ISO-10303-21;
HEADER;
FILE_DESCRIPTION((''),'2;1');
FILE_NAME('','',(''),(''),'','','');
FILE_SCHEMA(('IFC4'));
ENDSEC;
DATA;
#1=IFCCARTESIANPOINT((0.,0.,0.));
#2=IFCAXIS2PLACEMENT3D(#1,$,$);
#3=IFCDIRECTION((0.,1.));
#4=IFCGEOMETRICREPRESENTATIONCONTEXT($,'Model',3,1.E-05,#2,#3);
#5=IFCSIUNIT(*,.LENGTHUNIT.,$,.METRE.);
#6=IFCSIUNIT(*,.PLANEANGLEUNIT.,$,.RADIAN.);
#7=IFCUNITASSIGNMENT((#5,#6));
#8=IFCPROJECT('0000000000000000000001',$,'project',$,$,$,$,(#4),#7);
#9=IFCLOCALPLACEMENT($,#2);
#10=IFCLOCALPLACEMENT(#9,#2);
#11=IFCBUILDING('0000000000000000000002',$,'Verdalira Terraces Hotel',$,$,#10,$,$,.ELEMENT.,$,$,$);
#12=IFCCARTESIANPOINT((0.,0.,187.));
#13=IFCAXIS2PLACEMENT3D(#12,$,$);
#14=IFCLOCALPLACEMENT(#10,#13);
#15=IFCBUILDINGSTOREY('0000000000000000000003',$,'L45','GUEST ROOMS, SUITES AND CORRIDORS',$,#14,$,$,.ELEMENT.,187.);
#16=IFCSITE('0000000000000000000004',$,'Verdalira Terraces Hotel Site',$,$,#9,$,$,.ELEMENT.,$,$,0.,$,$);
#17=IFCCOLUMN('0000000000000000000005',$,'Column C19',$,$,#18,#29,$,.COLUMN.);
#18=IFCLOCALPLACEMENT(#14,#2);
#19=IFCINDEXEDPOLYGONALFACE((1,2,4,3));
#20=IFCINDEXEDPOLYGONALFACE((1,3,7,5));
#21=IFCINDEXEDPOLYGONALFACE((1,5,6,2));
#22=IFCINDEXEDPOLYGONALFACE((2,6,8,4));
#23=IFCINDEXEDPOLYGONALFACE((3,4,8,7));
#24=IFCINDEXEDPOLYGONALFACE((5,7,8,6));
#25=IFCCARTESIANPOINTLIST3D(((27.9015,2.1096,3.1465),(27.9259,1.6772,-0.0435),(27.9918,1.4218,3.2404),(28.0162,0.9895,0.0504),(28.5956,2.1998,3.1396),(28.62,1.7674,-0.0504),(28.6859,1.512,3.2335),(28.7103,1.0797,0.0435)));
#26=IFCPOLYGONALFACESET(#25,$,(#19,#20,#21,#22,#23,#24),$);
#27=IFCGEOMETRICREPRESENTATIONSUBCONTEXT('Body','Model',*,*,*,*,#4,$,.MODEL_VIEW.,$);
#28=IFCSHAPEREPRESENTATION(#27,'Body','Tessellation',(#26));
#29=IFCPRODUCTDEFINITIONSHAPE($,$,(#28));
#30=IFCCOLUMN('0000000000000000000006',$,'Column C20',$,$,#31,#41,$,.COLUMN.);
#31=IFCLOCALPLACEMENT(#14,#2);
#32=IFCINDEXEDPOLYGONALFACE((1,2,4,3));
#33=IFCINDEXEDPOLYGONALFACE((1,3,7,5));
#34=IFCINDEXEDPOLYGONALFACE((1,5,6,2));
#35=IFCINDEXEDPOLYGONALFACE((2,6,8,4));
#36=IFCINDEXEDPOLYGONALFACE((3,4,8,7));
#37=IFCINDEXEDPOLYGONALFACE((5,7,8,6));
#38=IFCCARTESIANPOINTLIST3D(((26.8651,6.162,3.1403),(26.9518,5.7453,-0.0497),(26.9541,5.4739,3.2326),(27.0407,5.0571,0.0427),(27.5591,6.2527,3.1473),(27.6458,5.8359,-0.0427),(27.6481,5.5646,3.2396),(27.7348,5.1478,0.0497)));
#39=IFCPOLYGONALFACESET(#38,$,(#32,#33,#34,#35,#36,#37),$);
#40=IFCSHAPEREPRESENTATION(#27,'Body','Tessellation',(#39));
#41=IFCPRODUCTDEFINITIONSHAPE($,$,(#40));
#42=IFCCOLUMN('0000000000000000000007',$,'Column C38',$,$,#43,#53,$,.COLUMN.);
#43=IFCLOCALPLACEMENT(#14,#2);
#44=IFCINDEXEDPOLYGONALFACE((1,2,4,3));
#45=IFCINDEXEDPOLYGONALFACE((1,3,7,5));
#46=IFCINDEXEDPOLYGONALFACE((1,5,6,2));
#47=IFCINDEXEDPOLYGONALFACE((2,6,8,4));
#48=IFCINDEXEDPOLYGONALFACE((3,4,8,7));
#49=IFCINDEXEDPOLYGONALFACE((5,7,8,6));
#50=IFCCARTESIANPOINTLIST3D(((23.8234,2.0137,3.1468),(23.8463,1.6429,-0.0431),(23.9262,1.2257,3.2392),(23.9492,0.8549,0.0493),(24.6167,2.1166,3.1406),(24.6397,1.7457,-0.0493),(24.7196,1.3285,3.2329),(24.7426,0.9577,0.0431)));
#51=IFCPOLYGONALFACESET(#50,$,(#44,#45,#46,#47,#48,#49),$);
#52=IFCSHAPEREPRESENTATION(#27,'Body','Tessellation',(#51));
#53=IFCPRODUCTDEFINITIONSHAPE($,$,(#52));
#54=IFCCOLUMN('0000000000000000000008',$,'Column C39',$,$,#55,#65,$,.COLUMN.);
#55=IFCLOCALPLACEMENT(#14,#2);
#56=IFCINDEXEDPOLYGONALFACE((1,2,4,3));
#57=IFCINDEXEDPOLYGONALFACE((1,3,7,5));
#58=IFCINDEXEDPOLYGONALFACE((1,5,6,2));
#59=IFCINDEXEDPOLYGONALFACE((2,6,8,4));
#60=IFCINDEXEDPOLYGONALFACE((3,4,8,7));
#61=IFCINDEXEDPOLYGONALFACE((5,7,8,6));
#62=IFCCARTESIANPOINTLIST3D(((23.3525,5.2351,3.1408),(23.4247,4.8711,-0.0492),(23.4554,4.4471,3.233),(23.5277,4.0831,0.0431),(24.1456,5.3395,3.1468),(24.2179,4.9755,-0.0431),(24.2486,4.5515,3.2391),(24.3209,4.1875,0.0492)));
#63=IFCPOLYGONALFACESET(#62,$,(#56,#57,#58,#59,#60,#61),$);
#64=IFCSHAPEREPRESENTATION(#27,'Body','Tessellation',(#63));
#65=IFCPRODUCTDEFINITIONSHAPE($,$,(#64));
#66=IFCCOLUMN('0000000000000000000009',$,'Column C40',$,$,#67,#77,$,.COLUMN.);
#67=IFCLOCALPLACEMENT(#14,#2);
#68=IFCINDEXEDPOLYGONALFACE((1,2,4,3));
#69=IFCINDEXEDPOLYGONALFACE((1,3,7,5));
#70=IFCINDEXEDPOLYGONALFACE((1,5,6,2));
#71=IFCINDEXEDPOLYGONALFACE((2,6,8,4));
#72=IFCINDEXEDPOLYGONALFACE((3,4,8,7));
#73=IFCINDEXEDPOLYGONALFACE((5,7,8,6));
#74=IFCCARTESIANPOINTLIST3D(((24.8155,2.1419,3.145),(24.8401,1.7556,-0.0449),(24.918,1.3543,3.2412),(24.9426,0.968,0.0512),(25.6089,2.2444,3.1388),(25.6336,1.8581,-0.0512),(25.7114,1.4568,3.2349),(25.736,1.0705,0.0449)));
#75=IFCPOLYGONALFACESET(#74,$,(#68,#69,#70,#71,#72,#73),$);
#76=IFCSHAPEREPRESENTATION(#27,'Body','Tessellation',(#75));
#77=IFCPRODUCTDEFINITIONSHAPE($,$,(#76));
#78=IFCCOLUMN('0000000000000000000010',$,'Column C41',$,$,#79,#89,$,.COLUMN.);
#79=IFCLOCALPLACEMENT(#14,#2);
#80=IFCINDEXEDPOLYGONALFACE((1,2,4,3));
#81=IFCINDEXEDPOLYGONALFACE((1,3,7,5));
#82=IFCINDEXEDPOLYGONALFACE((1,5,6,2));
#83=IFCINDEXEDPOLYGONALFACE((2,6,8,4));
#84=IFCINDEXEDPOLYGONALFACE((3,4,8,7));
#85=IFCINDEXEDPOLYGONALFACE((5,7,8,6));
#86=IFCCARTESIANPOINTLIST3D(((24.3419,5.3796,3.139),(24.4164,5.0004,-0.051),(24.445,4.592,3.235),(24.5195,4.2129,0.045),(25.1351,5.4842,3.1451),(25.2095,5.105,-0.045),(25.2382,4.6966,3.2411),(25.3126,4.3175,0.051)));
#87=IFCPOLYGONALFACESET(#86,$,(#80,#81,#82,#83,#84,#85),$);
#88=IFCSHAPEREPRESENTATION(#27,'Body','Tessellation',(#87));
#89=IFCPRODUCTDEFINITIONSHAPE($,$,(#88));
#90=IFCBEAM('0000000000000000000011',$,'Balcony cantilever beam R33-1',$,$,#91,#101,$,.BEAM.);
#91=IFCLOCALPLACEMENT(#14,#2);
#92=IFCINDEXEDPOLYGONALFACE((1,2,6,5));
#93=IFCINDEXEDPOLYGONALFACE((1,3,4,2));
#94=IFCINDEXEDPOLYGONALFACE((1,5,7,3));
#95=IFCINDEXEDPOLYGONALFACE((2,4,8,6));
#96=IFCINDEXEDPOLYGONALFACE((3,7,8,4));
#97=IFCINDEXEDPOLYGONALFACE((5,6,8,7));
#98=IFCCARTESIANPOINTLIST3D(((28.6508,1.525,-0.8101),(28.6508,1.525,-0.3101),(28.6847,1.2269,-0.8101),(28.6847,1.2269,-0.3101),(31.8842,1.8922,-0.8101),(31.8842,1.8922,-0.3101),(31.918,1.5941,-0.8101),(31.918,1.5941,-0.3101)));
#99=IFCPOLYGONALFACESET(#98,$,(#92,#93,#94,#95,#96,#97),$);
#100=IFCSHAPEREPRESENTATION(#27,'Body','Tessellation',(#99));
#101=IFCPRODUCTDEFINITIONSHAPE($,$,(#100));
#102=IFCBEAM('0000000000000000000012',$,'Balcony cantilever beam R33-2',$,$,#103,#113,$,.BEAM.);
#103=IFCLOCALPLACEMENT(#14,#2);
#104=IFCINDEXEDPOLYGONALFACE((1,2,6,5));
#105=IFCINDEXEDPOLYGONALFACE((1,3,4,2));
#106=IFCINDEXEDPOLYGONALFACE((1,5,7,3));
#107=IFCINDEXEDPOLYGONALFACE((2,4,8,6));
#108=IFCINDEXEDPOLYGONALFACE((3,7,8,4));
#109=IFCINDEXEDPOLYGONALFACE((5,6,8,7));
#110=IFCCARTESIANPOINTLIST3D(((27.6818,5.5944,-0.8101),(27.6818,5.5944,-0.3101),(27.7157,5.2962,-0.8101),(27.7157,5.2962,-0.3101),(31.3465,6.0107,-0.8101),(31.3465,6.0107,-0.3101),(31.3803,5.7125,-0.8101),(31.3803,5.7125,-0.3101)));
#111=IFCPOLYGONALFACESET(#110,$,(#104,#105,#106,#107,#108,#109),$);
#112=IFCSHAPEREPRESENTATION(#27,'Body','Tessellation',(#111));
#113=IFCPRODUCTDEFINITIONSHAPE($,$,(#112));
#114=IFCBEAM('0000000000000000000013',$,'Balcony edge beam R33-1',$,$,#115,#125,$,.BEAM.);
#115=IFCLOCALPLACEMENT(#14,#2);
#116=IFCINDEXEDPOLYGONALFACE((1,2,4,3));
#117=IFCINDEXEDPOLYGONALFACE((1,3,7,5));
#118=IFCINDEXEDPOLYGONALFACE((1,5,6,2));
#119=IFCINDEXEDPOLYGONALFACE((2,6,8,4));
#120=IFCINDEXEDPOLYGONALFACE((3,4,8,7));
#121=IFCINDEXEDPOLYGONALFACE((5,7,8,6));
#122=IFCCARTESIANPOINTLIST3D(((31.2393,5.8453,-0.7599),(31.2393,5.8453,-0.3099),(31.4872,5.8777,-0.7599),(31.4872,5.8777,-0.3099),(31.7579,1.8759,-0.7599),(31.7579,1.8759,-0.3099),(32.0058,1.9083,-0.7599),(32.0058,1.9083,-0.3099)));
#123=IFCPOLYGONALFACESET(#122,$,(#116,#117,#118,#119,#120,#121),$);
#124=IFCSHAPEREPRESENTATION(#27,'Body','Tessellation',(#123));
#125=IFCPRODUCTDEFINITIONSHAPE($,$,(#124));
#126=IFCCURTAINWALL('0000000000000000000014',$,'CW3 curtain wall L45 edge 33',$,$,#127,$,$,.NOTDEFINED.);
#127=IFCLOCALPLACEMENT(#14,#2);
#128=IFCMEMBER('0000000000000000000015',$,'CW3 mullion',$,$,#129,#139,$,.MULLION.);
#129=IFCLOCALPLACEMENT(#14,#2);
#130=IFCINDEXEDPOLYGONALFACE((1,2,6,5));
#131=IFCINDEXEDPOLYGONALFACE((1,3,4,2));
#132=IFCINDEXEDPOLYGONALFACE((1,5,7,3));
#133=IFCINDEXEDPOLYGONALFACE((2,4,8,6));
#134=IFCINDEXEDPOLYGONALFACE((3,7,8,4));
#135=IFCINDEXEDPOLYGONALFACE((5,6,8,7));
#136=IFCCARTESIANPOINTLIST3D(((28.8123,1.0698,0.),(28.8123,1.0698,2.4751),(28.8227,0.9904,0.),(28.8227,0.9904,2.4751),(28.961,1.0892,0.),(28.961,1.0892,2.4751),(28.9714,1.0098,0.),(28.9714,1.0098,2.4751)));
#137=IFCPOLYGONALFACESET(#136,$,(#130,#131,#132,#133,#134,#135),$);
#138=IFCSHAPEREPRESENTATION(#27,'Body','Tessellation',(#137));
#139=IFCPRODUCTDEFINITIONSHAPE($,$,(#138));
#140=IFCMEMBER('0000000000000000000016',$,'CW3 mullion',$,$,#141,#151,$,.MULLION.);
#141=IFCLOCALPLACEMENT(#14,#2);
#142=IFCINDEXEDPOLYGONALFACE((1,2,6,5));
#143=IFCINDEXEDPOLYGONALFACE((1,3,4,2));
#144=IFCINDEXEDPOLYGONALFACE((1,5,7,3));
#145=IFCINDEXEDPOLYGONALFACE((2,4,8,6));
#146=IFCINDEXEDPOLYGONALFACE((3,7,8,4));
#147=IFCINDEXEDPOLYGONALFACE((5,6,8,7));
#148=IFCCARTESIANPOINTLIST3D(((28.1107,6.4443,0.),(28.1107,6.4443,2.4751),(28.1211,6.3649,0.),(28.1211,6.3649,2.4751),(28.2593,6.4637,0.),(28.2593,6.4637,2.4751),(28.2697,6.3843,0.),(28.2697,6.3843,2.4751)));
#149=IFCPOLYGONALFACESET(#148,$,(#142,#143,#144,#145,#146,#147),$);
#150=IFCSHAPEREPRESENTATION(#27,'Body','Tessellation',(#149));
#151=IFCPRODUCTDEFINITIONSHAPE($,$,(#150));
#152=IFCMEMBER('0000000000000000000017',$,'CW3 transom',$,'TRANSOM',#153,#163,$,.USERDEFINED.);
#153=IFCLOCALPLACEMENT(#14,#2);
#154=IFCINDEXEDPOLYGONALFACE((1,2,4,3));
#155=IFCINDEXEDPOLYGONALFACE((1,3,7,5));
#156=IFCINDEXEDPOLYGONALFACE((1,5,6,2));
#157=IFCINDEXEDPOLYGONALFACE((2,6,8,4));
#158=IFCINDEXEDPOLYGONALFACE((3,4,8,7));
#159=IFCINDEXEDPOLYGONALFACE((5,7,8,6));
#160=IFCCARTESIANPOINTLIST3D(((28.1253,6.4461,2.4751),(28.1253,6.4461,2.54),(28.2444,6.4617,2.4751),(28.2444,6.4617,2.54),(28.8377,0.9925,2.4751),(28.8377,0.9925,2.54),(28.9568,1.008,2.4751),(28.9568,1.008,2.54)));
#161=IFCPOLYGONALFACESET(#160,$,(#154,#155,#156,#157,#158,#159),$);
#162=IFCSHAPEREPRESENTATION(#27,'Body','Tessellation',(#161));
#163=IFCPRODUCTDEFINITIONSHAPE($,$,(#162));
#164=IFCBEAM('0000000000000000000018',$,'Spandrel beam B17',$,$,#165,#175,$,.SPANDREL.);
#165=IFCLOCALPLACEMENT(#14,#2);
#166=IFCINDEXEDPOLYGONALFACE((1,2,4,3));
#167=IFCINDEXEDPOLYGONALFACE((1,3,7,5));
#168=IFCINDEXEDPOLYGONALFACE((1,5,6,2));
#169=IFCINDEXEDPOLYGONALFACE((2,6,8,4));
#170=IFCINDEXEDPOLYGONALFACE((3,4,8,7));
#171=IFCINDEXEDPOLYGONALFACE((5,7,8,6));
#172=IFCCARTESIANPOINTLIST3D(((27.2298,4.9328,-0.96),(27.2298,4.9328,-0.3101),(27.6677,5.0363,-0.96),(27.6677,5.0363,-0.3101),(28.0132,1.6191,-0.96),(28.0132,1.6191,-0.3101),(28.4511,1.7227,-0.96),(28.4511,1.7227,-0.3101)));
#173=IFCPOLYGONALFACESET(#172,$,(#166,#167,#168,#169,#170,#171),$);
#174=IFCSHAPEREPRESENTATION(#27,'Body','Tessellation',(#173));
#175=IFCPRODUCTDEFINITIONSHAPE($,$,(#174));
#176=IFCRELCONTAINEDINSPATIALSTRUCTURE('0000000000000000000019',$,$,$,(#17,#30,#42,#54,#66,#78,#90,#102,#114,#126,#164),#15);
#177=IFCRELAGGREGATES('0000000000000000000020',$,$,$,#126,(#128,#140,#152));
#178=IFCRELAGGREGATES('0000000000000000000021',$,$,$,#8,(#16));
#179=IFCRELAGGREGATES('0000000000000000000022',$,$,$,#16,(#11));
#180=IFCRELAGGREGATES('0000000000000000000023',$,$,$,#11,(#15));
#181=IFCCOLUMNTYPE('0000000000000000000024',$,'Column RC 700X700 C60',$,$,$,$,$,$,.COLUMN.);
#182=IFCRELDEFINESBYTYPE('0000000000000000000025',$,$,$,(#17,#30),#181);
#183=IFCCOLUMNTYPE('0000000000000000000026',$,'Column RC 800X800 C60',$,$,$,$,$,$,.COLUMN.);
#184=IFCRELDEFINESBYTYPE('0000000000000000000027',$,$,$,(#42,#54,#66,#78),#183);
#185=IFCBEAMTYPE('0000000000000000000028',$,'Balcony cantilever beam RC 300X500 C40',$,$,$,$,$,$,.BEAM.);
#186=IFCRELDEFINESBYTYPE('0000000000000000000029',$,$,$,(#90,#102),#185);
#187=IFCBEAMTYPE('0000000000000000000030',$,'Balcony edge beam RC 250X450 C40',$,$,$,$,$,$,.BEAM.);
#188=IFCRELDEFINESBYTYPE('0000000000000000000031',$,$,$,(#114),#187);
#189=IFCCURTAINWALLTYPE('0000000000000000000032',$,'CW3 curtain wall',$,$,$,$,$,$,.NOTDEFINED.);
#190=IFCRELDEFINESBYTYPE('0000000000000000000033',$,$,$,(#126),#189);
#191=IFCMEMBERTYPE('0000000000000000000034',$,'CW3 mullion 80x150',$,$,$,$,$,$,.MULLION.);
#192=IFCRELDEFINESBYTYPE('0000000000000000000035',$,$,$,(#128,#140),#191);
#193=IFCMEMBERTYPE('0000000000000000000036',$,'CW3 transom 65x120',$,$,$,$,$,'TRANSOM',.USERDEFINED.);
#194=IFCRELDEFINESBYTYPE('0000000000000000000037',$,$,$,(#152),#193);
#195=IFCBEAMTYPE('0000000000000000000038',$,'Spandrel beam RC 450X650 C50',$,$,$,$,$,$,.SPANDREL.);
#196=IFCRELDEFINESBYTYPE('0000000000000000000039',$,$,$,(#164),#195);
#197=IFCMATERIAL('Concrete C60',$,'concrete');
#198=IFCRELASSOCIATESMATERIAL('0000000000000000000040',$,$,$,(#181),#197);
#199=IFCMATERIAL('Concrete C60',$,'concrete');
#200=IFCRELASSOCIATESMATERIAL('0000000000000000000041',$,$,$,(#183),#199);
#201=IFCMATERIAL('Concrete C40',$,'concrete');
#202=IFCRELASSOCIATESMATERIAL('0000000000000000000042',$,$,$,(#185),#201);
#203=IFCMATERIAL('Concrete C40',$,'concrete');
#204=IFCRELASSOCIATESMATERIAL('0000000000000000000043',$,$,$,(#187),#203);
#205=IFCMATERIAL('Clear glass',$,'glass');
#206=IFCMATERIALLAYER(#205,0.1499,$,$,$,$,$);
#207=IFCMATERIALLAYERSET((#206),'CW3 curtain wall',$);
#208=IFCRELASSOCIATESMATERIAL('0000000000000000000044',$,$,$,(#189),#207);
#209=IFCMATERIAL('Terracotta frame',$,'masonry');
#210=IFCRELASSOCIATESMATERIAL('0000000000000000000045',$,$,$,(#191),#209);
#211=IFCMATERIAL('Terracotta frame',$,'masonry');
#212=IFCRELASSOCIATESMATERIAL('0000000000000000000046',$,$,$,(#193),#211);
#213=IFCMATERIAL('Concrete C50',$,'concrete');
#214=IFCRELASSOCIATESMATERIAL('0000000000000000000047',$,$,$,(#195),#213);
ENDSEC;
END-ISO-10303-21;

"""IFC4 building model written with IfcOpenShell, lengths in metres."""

from ifc_helpers import new_model, si_unit, direction, frame, origin, origin_2d, place, context, subcontext, project, spatial, rectangle, extrude, material, layer, layer_set, material_profile, profile_set, type_object, element, aggregate, save


model = new_model("IFC4")

# Units and contexts
model_context = context("Model", 3, precision=1e-05, world=origin(), true_north=direction((0.0, 1.0)))
body_context = subcontext(model_context, "Body", "Model", "MODEL_VIEW")
ifc_project = project(units=[si_unit("LENGTHUNIT", "METRE"), si_unit("PLANEANGLEUNIT", "RADIAN")], contexts=[model_context])

# Site, building, storey
site_placement = place(None, origin())
site = spatial("IfcSite", under=ifc_project, at=site_placement, Name="Verdalira Terraces Hotel Site", CompositionType="ELEMENT", RefElevation=0.0)
building_placement = place(site_placement, origin())
building = spatial("IfcBuilding", under=site, at=building_placement, Name="Verdalira Terraces Hotel", CompositionType="ELEMENT")
storey_placement = place(building_placement, frame((0.0, 0.0, 187.0)))
storey = spatial("IfcBuildingStorey", under=building, at=storey_placement, Name="L45", Description="GUEST ROOMS, SUITES AND CORRIDORS", CompositionType="ELEMENT", Elevation=187.0)

# Columns
ifc_material_1 = material(Name="Concrete C60", Category="concrete")
ifc_material_profile_1 = material_profile(ifc_material_1, rectangle(XDim=0.7, YDim=0.7, at=origin_2d()), Name="RC 700X700")
ifc_profile_set_1 = profile_set([ifc_material_profile_1], Name="Concrete C60")
column_type_1 = type_object("IfcColumnType", Name="Column RC 700X700 C60", PredefinedType="COLUMN", material=ifc_profile_set_1)
column_1_placement = place(storey_placement, frame((28.3181, 1.3784, 0.0), z_axis=(-0.007584, 0.134311, 0.99091), x_axis=(-0.12903, 0.982523, -0.134161)))
element("IfcColumn", 1, at=column_1_placement, inside=storey, type_object=column_type_1, Name="Column C19", PredefinedType="COLUMN", context=body_context, shape_type="SweptSolid", body=[
    extrude(rectangle(XDim=0.7, YDim=0.7, at=origin_2d()), origin(), (0.0, 0.0, 1.0), 3.2192),
])
column_2_placement = place(storey_placement, frame((27.3433, 5.4465, 0.0), z_axis=(-0.026931, 0.129497, 0.991214), x_axis=(-0.127096, 0.983083, -0.131887)))
element("IfcColumn", 2, at=column_2_placement, inside=storey, type_object=column_type_1, Name="Column C20", PredefinedType="COLUMN", context=body_context, shape_type="SweptSolid", body=[
    extrude(rectangle(XDim=0.7, YDim=0.7, at=origin_2d()), origin(), (0.0, 0.0, 1.0), 3.2183),
])
ifc_material_2 = material(Name="Concrete C60", Category="concrete")
ifc_material_profile_2 = material_profile(ifc_material_2, rectangle(XDim=0.8, YDim=0.8, at=origin_2d()), Name="RC 800X800")
ifc_profile_set_2 = profile_set([ifc_material_profile_2], Name="Concrete C60")
column_type_2 = type_object("IfcColumnType", Name="Column RC 800X800 C60", PredefinedType="COLUMN", material=ifc_profile_set_2)
for number, where, z_axis, x_axis, name in (
    (3, (24.2944, 1.3003, 0.0), (-0.007146, 0.115475, 0.993285), (0.991674, 0.128537, -0.007809), "Column C38"),
    (4, (23.8728, 4.5293, 0.0), (-0.022502, 0.113348, 0.9933), (0.991425, 0.130454, 0.007574), "Column C39"),
):
    element("IfcColumn", number, at=place(storey_placement, frame(where, z_axis=z_axis, x_axis=x_axis)), inside=storey, type_object=column_type_2, Name=name, PredefinedType="COLUMN", context=body_context, shape_type="SweptSolid", body=[
        extrude(rectangle(XDim=0.8, YDim=0.8, at=origin_2d()), origin(), (0.0, 0.0, 1.0), 3.2114),
    ])
for number, where, z_axis, x_axis, name in (
    (5, (25.2881, 1.4131, 0.0), (-0.007674, 0.120196, 0.99272), (0.99173, 0.128099, -0.007844), "Column C40"),
    (6, (24.8645, 4.6589, 0.0), (-0.023174, 0.117996, 0.992744), (0.99139, 0.130718, 0.007605), "Column C41"),
):
    element("IfcColumn", number, at=place(storey_placement, frame(where, z_axis=z_axis, x_axis=x_axis)), inside=storey, type_object=column_type_2, Name=name, PredefinedType="COLUMN", context=body_context, shape_type="SweptSolid", body=[
        extrude(rectangle(XDim=0.8, YDim=0.8, at=origin_2d()), origin(), (0.0, 0.0, 1.0), 3.2134),
    ])

# Beams
ifc_material_3 = material(Name="Concrete C40", Category="concrete")
ifc_material_profile_3 = material_profile(ifc_material_3, rectangle(XDim=0.3, YDim=0.5, at=origin_2d()), Name="RC 300X500")
ifc_profile_set_3 = profile_set([ifc_material_profile_3], Name="Concrete C40")
beam_type_1 = type_object("IfcBeamType", Name="Balcony cantilever beam RC 300X500 C40", PredefinedType="BEAM", material=ifc_profile_set_3)
beam_1_placement = place(storey_placement, frame((28.6677, 1.376, -0.5601), z_axis=(0.993614, 0.112836, 0.0), x_axis=(-0.112836, 0.993614, 0.0)))
element("IfcBeam", 7, at=beam_1_placement, inside=storey, type_object=beam_type_1, Name="Balcony cantilever beam R33-1", PredefinedType="BEAM", context=body_context, shape_type="SweptSolid", body=[
    extrude(rectangle(XDim=0.3, YDim=0.5, at=origin_2d()), origin(), (0.0, 0.0, 1.0), 3.2542),
])
beam_2_placement = place(storey_placement, frame((27.6987, 5.4453, -0.5601), z_axis=(0.99361, 0.112865, 0.0), x_axis=(-0.112865, 0.99361, 0.0)))
element("IfcBeam", 8, at=beam_2_placement, inside=storey, type_object=beam_type_1, Name="Balcony cantilever beam R33-2", PredefinedType="BEAM", context=body_context, shape_type="SweptSolid", body=[
    extrude(rectangle(XDim=0.3, YDim=0.5, at=origin_2d()), origin(), (0.0, 0.0, 1.0), 3.6882),
])
ifc_material_4 = material(Name="Concrete C40", Category="concrete")
ifc_material_profile_4 = material_profile(ifc_material_4, rectangle(XDim=0.25, YDim=0.45, at=origin_2d()), Name="RC 250X450")
ifc_profile_set_4 = profile_set([ifc_material_profile_4], Name="Concrete C40")
beam_type_2 = type_object("IfcBeamType", Name="Balcony edge beam RC 250X450 C40", PredefinedType="BEAM", material=ifc_profile_set_4)
beam_3_placement = place(storey_placement, frame((31.8818, 1.8921, -0.5349), z_axis=(-0.129535, 0.991575, 0.0), x_axis=(-0.991575, -0.129535, 0.0)))
element("IfcBeam", 9, at=beam_3_placement, inside=storey, type_object=beam_type_2, Name="Balcony edge beam R33-1", PredefinedType="BEAM", context=body_context, shape_type="SweptSolid", body=[
    extrude(rectangle(XDim=0.25, YDim=0.45, at=origin_2d()), origin(), (0.0, 0.0, 1.0), 4.0032),
])

# Curtain wall, members
ifc_material_5 = material(Name="Clear glass", Category="glass")
ifc_layer_1 = layer(ifc_material_5, 0.1499)
ifc_layer_set_1 = layer_set([ifc_layer_1], Name="CW3 curtain wall")
curtain_wall_type = type_object("IfcCurtainWallType", Name="CW3 curtain wall", PredefinedType="NOTDEFINED", material=ifc_layer_set_1)
curtain_wall_placement = place(storey_placement, origin())
curtain_wall = element("IfcCurtainWall", 10, at=curtain_wall_placement, inside=storey, type_object=curtain_wall_type, Name="CW3 curtain wall L45 edge 33", PredefinedType="NOTDEFINED")
ifc_material_6 = material(Name="Terracotta frame", Category="masonry")
ifc_material_profile_5 = material_profile(ifc_material_6, rectangle(XDim=0.0801, YDim=0.1499, at=origin_2d()), Name="MU 80x150")
ifc_profile_set_5 = profile_set([ifc_material_profile_5], Name="Terracotta frame")
member_type_1 = type_object("IfcMemberType", Name="CW3 mullion 80x150", PredefinedType="MULLION", material=ifc_profile_set_5)
member_1_placement = place(storey_placement, frame((28.8918, 1.0398, 0.0), z_axis=(0.0, 0.0, 1.0), x_axis=(-0.129488, 0.991581, 0.0)))
member_1 = element("IfcMember", 11, at=member_1_placement, type_object=member_type_1, Name="CW3 mullion", PredefinedType="MULLION", context=body_context, shape_type="SweptSolid", body=[
    extrude(rectangle(XDim=0.0801, YDim=0.1499, at=origin_2d()), origin(), (0.0, 0.0, 1.0), 2.4751),
])
member_2_placement = place(storey_placement, frame((28.1902, 6.4143, 0.0), z_axis=(0.0, 0.0, 1.0), x_axis=(-0.129488, 0.991581, 0.0)))
member_2 = element("IfcMember", 12, at=member_2_placement, type_object=member_type_1, Name="CW3 mullion", PredefinedType="MULLION", context=body_context, shape_type="SweptSolid", body=[
    extrude(rectangle(XDim=0.0801, YDim=0.1499, at=origin_2d()), origin(), (0.0, 0.0, 1.0), 2.4751),
])
ifc_material_7 = material(Name="Terracotta frame", Category="masonry")
ifc_material_profile_6 = material_profile(ifc_material_7, rectangle(XDim=0.1201, YDim=0.0649, at=origin_2d()), Name="TR 65x120")
ifc_profile_set_6 = profile_set([ifc_material_profile_6], Name="Terracotta frame")
member_type_2 = type_object("IfcMemberType", Name="CW3 transom 65x120", ElementType="TRANSOM", PredefinedType="USERDEFINED", material=ifc_profile_set_6)
member_3_placement = place(storey_placement, frame((28.8972, 1.0002, 2.5076), z_axis=(-0.129529, 0.991576, 0.0), x_axis=(-0.991576, -0.129529, 0.0)))
member_3 = element("IfcMember", 13, at=member_3_placement, type_object=member_type_2, Name="CW3 transom", ObjectType="TRANSOM", PredefinedType="USERDEFINED", context=body_context, shape_type="SweptSolid", body=[
    extrude(rectangle(XDim=0.1201, YDim=0.0649, at=origin_2d()), origin(), (0.0, 0.0, 1.0), 5.5),
])

# Beam
ifc_material_8 = material(Name="Concrete C50", Category="concrete")
ifc_material_profile_7 = material_profile(ifc_material_8, rectangle(XDim=0.45, YDim=0.6499, at=origin_2d()), Name="RC 450X650")
ifc_profile_set_7 = profile_set([ifc_material_profile_7], Name="Concrete C50")
beam_type_3 = type_object("IfcBeamType", Name="Spandrel beam RC 450X650 C50", PredefinedType="SPANDREL", material=ifc_profile_set_7)
beam_4_placement = place(storey_placement, frame((28.2322, 1.6709, -0.635), z_axis=(-0.230082, 0.973171, 0.0), x_axis=(-0.973171, -0.230082, 0.0)))
element("IfcBeam", 14, at=beam_4_placement, inside=storey, type_object=beam_type_3, Name="Spandrel beam B17", PredefinedType="SPANDREL", context=body_context, shape_type="SweptSolid", body=[
    extrude(rectangle(XDim=0.45, YDim=0.6499, at=origin_2d()), origin(), (0.0, 0.0, 1.0), 3.405),
])

aggregate(curtain_wall, [member_1, member_2, member_3])

save(model, "model.ifc")
